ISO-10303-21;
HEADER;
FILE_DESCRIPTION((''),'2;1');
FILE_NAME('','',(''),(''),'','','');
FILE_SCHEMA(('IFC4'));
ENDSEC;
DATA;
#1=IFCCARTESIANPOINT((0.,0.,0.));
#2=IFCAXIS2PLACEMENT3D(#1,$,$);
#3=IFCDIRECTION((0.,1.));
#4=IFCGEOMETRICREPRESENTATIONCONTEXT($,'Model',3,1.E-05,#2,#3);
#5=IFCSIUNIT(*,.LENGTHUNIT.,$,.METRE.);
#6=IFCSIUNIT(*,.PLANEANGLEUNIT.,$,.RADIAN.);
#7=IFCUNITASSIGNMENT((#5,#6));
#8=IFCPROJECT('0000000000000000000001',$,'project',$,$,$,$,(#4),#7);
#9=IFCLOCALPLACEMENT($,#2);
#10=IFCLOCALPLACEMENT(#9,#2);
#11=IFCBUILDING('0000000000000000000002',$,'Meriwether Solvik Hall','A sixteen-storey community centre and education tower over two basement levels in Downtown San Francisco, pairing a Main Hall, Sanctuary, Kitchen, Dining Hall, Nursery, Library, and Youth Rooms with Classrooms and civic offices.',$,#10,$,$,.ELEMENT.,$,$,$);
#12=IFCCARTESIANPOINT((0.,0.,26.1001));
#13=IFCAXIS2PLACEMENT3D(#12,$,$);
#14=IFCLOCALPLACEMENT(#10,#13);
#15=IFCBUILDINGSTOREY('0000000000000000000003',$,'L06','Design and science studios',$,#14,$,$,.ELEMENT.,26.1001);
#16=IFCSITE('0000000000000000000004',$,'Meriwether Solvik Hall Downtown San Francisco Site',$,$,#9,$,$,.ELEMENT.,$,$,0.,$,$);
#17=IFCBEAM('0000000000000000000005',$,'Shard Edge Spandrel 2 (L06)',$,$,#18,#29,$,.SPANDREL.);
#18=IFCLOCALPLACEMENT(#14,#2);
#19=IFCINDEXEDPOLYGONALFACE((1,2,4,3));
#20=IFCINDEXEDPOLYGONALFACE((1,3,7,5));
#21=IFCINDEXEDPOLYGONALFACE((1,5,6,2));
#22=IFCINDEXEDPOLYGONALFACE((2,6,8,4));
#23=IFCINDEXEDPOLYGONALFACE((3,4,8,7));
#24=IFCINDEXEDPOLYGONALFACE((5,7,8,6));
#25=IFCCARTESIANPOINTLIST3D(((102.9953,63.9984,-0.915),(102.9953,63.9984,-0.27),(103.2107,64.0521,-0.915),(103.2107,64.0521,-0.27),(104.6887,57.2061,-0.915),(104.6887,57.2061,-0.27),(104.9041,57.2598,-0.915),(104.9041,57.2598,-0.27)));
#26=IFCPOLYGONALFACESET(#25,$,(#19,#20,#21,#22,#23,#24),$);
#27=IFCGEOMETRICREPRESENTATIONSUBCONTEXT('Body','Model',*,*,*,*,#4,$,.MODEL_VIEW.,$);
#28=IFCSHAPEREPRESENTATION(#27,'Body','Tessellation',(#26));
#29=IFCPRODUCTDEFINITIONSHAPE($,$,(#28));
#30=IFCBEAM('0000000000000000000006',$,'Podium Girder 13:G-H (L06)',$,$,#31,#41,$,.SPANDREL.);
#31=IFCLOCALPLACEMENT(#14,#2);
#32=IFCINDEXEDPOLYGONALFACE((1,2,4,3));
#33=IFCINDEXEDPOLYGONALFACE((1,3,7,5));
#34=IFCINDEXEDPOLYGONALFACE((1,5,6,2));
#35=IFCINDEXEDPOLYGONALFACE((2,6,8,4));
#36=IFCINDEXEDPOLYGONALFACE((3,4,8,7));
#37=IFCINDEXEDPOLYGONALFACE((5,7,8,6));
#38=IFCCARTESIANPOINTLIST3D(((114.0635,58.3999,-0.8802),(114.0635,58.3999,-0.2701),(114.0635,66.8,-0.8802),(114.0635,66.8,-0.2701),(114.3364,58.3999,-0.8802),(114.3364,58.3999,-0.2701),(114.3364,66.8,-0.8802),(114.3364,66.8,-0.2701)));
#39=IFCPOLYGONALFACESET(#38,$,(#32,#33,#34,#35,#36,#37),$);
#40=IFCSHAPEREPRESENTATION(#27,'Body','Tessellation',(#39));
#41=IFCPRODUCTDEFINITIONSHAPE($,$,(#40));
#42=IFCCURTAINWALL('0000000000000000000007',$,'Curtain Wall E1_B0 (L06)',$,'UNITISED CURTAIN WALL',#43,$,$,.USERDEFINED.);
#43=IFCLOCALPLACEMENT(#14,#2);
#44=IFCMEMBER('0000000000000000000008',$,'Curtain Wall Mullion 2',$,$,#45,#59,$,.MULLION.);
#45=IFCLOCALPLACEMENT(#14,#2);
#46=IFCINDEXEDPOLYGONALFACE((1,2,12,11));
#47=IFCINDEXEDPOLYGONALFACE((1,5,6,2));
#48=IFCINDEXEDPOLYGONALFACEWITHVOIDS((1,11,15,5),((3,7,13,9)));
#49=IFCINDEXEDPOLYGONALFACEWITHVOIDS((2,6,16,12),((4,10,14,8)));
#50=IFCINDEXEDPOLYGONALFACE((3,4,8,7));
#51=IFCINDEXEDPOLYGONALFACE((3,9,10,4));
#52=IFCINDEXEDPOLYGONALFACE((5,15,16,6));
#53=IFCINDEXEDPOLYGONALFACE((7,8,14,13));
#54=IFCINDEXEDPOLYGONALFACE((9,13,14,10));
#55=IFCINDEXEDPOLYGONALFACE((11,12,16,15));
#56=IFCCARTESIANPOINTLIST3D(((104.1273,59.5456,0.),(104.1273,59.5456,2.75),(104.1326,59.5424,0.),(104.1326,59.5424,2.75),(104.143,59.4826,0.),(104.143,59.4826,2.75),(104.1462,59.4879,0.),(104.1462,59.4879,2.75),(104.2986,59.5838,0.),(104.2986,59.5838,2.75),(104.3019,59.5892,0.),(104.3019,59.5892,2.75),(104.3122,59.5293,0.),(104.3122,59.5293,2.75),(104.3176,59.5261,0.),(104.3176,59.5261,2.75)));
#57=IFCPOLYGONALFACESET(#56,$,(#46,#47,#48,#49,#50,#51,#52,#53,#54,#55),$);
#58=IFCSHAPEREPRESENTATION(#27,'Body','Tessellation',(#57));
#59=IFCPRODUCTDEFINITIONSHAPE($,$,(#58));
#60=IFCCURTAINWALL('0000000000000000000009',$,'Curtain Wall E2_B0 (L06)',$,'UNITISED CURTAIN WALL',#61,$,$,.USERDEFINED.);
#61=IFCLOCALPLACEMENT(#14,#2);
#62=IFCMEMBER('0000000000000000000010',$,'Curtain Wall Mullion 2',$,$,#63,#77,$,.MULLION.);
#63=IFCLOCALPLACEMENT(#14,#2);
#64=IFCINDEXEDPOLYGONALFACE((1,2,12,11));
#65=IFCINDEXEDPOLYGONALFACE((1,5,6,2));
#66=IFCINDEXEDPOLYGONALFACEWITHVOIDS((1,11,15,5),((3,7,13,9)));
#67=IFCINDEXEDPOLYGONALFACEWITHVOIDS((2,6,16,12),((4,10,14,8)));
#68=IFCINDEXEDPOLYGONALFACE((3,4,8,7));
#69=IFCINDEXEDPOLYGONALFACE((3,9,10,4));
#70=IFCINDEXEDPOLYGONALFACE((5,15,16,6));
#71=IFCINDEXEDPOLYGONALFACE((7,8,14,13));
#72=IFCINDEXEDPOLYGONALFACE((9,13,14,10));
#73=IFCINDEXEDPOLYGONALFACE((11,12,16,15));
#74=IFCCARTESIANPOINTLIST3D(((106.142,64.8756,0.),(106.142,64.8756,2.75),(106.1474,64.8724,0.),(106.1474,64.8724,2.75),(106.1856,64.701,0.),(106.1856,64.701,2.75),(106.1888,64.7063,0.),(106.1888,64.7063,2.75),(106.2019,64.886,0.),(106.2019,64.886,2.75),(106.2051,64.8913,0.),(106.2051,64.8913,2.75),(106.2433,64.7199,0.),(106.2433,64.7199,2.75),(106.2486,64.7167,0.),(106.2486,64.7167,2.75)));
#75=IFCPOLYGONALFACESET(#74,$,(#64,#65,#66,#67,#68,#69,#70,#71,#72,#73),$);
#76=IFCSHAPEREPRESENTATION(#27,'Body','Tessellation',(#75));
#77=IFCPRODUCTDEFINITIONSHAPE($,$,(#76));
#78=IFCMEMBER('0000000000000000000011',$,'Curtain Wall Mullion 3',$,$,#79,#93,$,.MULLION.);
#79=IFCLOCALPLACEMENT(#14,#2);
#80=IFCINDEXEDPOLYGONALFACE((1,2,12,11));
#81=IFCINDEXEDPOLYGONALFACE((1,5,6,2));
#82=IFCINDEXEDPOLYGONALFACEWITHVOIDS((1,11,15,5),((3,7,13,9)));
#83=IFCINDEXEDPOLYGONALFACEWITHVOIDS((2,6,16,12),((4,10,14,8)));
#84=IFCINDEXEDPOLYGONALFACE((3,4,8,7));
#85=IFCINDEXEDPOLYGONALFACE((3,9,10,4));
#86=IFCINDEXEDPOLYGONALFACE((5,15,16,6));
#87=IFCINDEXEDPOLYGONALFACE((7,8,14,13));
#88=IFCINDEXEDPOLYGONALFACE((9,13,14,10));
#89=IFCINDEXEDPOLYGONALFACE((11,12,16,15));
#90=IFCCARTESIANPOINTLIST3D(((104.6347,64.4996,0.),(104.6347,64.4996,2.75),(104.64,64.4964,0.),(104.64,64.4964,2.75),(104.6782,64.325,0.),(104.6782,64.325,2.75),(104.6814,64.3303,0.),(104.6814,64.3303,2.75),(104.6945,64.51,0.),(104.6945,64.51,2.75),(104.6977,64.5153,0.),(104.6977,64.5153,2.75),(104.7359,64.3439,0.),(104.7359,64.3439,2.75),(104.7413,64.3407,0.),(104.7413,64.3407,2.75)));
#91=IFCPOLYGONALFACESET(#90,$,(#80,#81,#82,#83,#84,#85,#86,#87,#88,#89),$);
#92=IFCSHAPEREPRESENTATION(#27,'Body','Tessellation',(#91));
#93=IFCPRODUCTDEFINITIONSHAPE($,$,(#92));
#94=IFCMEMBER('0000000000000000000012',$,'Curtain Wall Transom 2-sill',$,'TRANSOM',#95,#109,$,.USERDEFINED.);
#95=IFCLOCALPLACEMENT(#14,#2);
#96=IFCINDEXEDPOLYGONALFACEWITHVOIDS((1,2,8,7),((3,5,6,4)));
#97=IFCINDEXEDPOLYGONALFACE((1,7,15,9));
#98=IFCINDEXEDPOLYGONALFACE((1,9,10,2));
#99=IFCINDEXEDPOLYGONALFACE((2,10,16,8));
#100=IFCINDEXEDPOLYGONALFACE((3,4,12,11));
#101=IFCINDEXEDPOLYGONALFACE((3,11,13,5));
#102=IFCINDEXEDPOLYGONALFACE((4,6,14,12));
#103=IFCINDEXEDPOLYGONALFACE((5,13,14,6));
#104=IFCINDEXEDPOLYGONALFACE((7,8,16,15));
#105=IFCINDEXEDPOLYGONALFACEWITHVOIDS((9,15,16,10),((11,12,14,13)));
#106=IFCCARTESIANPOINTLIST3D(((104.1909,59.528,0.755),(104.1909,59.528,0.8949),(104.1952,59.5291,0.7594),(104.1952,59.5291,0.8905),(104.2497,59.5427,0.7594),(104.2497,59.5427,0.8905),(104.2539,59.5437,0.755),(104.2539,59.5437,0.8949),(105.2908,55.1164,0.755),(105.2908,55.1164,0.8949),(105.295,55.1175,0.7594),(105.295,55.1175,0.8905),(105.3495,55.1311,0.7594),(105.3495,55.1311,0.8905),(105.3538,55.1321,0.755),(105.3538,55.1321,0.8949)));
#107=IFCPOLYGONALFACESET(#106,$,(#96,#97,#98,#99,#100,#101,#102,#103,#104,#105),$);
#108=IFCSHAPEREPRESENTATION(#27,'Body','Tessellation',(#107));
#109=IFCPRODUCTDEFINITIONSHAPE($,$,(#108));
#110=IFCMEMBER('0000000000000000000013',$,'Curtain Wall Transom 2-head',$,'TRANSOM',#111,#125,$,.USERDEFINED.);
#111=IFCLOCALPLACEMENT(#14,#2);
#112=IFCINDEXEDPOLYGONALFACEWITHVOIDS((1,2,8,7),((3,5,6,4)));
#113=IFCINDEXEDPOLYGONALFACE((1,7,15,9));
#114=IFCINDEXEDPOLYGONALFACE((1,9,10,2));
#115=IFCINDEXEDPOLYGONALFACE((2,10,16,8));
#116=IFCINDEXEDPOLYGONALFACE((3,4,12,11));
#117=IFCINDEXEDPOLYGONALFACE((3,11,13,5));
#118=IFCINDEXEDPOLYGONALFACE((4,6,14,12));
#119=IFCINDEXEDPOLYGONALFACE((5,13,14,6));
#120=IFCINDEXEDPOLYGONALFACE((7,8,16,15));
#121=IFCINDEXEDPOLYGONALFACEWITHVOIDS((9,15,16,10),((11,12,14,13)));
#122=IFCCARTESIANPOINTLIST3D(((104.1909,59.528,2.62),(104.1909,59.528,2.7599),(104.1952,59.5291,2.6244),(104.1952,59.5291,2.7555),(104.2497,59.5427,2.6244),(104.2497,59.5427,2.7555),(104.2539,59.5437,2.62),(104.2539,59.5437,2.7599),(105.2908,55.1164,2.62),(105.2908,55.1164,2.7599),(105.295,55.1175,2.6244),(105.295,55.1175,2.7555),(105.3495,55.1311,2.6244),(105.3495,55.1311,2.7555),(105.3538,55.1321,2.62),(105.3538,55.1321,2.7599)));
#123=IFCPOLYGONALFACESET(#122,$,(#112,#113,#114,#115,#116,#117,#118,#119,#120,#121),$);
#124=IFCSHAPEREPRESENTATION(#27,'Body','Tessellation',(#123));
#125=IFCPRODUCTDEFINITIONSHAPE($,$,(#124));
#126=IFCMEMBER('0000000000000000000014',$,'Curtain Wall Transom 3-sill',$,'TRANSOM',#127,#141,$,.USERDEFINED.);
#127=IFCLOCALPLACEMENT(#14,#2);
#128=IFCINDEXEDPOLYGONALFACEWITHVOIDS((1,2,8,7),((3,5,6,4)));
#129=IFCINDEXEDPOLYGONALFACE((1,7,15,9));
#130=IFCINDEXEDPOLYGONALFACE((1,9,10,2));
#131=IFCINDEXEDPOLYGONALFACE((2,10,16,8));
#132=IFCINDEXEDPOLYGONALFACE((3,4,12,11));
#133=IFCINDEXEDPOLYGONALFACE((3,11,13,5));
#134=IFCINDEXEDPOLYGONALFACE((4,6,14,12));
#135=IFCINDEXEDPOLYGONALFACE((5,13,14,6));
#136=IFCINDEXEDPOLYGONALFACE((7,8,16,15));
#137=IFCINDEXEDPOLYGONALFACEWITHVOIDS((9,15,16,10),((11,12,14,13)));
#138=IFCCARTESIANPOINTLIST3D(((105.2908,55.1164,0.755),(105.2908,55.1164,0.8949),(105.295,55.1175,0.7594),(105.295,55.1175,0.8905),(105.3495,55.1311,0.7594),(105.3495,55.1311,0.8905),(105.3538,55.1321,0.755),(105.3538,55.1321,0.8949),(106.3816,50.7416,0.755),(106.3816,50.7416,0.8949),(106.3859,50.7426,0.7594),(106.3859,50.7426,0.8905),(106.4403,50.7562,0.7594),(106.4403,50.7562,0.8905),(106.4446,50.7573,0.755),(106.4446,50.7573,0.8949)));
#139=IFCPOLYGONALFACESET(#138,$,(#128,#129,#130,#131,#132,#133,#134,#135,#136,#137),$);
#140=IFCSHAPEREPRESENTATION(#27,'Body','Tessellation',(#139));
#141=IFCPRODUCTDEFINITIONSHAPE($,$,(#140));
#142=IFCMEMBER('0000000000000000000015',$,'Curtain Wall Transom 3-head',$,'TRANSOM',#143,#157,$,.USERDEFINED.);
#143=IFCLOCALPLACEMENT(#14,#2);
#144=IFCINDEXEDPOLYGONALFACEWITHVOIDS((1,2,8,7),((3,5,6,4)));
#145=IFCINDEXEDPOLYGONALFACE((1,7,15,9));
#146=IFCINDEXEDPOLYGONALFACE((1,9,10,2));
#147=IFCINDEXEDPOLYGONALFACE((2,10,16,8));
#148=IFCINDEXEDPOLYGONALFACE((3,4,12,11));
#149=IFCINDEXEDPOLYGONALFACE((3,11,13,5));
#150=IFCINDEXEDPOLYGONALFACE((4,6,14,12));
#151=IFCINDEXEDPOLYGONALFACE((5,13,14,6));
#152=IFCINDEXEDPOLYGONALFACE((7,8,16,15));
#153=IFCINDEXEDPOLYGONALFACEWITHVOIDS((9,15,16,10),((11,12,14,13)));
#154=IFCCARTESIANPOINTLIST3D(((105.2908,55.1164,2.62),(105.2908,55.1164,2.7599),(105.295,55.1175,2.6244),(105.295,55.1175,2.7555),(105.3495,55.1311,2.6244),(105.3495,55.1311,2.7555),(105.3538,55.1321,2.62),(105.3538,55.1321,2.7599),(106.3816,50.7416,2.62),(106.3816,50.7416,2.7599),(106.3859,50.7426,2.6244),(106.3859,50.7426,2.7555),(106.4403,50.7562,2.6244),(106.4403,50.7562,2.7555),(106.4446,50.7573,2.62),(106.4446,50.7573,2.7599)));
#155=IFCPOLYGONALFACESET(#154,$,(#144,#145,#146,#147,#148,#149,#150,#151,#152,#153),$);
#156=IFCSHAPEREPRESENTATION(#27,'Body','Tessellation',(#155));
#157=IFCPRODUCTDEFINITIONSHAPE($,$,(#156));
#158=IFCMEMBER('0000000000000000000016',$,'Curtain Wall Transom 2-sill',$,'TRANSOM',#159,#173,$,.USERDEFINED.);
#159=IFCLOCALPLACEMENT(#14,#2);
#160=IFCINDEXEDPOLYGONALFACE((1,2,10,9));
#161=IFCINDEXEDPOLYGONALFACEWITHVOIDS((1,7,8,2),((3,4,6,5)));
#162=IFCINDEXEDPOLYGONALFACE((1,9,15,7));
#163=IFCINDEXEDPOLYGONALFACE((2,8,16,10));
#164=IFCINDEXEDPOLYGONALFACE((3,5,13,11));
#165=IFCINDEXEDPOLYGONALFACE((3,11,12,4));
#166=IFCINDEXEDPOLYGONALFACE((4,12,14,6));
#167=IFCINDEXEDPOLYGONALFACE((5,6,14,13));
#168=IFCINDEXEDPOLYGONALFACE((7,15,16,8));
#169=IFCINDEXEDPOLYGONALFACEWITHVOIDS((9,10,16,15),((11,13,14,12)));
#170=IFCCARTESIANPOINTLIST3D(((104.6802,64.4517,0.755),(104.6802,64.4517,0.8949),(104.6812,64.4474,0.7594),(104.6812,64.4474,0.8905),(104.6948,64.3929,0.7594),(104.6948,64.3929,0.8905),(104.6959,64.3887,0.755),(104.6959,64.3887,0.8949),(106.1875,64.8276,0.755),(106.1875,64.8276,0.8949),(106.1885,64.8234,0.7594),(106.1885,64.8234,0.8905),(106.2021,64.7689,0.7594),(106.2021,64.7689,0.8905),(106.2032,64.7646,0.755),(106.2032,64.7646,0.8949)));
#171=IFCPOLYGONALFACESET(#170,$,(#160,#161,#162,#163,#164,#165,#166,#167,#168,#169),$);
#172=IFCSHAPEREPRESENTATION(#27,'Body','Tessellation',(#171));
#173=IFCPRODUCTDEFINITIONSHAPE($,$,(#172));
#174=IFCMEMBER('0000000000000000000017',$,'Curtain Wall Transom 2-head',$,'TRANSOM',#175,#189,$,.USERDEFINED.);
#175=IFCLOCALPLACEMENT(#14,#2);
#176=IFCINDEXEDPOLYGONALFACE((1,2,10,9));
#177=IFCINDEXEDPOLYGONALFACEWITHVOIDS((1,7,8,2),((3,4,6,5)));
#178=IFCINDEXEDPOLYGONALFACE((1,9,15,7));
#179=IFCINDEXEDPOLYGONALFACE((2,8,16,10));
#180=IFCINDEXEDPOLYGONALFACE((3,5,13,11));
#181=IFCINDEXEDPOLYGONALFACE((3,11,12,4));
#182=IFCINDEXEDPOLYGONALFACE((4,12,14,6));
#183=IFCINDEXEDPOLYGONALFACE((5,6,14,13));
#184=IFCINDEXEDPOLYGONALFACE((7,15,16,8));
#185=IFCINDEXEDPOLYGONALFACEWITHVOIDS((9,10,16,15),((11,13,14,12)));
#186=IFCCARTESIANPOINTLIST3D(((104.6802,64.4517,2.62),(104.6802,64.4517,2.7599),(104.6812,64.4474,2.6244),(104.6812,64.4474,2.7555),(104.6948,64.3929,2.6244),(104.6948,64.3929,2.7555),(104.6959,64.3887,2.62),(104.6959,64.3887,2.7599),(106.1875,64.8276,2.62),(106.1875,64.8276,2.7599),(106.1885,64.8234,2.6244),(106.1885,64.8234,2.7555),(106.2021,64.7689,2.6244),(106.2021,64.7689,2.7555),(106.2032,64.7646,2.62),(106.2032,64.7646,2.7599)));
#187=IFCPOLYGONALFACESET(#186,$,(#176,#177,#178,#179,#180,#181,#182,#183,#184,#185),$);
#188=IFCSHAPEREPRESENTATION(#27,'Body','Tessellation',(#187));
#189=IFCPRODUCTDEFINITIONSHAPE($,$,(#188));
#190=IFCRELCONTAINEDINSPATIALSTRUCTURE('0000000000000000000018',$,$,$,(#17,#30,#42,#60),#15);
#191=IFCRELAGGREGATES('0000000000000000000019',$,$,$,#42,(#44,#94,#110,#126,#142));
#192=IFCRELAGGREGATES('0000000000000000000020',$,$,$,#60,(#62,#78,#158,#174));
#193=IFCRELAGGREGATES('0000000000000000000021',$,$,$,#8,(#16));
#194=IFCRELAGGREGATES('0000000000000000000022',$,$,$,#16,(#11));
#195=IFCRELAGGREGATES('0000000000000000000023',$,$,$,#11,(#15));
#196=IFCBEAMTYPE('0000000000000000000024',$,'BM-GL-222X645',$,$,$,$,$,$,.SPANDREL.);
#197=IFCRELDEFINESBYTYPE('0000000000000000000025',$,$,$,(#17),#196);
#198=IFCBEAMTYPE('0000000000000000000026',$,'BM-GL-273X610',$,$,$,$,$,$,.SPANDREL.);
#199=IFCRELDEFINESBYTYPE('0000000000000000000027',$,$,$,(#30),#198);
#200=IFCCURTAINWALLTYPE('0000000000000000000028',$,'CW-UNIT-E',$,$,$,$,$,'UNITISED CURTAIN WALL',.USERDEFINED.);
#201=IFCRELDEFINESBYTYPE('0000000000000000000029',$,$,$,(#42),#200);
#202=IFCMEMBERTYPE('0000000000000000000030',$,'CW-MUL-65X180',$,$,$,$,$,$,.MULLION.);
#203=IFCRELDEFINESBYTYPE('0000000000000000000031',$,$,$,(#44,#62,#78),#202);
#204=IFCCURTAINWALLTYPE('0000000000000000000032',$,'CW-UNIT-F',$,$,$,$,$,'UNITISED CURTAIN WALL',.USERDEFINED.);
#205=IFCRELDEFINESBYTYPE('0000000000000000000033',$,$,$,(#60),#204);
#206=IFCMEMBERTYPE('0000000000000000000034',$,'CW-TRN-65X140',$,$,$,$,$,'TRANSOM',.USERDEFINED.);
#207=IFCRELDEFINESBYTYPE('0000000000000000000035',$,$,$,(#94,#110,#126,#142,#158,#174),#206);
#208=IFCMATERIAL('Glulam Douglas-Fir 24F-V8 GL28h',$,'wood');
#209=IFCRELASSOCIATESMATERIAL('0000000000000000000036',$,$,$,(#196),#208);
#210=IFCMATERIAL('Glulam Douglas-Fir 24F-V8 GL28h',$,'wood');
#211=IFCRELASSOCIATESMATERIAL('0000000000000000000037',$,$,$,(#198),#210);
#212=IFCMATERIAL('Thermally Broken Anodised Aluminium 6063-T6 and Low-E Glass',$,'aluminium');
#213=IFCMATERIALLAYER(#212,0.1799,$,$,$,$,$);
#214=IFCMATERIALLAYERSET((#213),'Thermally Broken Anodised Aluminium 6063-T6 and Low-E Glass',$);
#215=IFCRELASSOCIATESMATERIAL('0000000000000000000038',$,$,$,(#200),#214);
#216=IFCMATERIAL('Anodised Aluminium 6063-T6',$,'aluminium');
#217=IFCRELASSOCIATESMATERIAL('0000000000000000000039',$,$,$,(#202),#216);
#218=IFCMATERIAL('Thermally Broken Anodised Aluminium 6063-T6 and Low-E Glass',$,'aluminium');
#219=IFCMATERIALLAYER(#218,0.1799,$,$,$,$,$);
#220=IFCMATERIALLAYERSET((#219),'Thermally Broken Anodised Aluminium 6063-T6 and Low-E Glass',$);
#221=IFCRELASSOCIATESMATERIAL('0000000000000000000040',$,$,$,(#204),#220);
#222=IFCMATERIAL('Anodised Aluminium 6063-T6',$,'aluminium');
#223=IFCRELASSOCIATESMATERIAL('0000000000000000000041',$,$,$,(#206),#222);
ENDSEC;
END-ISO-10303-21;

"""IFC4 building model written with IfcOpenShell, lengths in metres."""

from ifc_helpers import new_model, si_unit, direction, frame, origin, origin_2d, place, context, subcontext, project, spatial, rectangle, hollow_rectangle, extrude, material, layer, layer_set, material_profile, profile_set, type_object, element, aggregate, save


model = new_model("IFC4")

# Units and contexts
model_context = context("Model", 3, precision=1e-05, world=origin(), true_north=direction((0.0, 1.0)))
body_context = subcontext(model_context, "Body", "Model", "MODEL_VIEW")
ifc_project = project(units=[si_unit("LENGTHUNIT", "METRE"), si_unit("PLANEANGLEUNIT", "RADIAN")], contexts=[model_context])

# Site, building, storey
site_placement = place(None, origin())
site = spatial("IfcSite", under=ifc_project, at=site_placement, Name="Meriwether Solvik Hall Downtown San Francisco Site", CompositionType="ELEMENT", RefElevation=0.0)
building_placement = place(site_placement, origin())
building = spatial("IfcBuilding", under=site, at=building_placement, Name="Meriwether Solvik Hall", Description="A sixteen-storey community centre and education tower over two basement levels in Downtown San Francisco, pairing a Main Hall, Sanctuary, Kitchen, Dining Hall, Nursery, Library, and Youth Rooms with Classrooms and civic offices.", CompositionType="ELEMENT")
storey_placement = place(building_placement, frame((0.0, 0.0, 26.1001)))
storey = spatial("IfcBuildingStorey", under=building, at=storey_placement, Name="L06", Description="Design and science studios", CompositionType="ELEMENT", Elevation=26.1001)

# Beams
ifc_material_1 = material(Name="Glulam Douglas-Fir 24F-V8 GL28h", Category="wood")
ifc_material_profile_1 = material_profile(ifc_material_1, rectangle(XDim=0.2219, YDim=0.645, at=origin_2d()), Name="GLB-222X645")
ifc_profile_set_1 = profile_set([ifc_material_profile_1], Name="Glulam Douglas-Fir 24F-V8 GL28h")
beam_type_1 = type_object("IfcBeamType", Name="BM-GL-222X645", PredefinedType="SPANDREL", material=ifc_profile_set_1)
beam_1_placement = place(storey_placement, frame((104.7964, 57.2329, -0.5925), z_axis=(-0.241904, 0.9703, 0.0), x_axis=(-0.9703, -0.241904, 0.0)))
element("IfcBeam", 1, at=beam_1_placement, inside=storey, type_object=beam_type_1, Name="Shard Edge Spandrel 2 (L06)", PredefinedType="SPANDREL", context=body_context, shape_type="SweptSolid", body=[
    extrude(rectangle(XDim=0.2219, YDim=0.645, at=origin_2d()), origin(), (0.0, 0.0, 1.0), 7.0002),
])
ifc_material_2 = material(Name="Glulam Douglas-Fir 24F-V8 GL28h", Category="wood")
ifc_material_profile_2 = material_profile(ifc_material_2, rectangle(XDim=0.2729, YDim=0.6101, at=origin_2d()), Name="GLB-273X610")
ifc_profile_set_2 = profile_set([ifc_material_profile_2], Name="Glulam Douglas-Fir 24F-V8 GL28h")
beam_type_2 = type_object("IfcBeamType", Name="BM-GL-273X610", PredefinedType="SPANDREL", material=ifc_profile_set_2)
beam_2_placement = place(storey_placement, frame((114.2, 58.3999, -0.5752), z_axis=(0.0, 1.0, 0.0), x_axis=(-1.0, 0.0, 0.0)))
element("IfcBeam", 2, at=beam_2_placement, inside=storey, type_object=beam_type_2, Name="Podium Girder 13:G-H (L06)", PredefinedType="SPANDREL", context=body_context, shape_type="SweptSolid", body=[
    extrude(rectangle(XDim=0.2729, YDim=0.6101, at=origin_2d()), origin(), (0.0, 0.0, 1.0), 8.4001),
])

# Curtain wall, member
ifc_material_3 = material(Name="Thermally Broken Anodised Aluminium 6063-T6 and Low-E Glass", Category="aluminium")
ifc_layer_1 = layer(ifc_material_3, 0.1799)
ifc_layer_set_1 = layer_set([ifc_layer_1], Name="Thermally Broken Anodised Aluminium 6063-T6 and Low-E Glass")
curtain_wall_type_1 = type_object("IfcCurtainWallType", Name="CW-UNIT-E", ElementType="UNITISED CURTAIN WALL", PredefinedType="USERDEFINED", material=ifc_layer_set_1)
curtain_wall_1_placement = place(storey_placement, origin())
curtain_wall_1 = element("IfcCurtainWall", 3, at=curtain_wall_1_placement, inside=storey, type_object=curtain_wall_type_1, Name="Curtain Wall E1_B0 (L06)", ObjectType="UNITISED CURTAIN WALL", PredefinedType="USERDEFINED")
ifc_material_4 = material(Name="Anodised Aluminium 6063-T6", Category="aluminium")
ifc_material_profile_3 = material_profile(ifc_material_4, hollow_rectangle(XDim=0.0649, YDim=0.1799, WallThickness=0.0044, at=origin_2d()), Name="CWM-65X180")
ifc_profile_set_3 = profile_set([ifc_material_profile_3], Name="Anodised Aluminium 6063-T6")
member_type_1 = type_object("IfcMemberType", Name="CW-MUL-65X180", PredefinedType="MULLION", material=ifc_profile_set_3)
member_1_placement = place(storey_placement, frame((104.2224, 59.5359, 0.0), z_axis=(0.0, 0.0, 1.0), x_axis=(0.241922, -0.970296, 0.0)))
member_1 = element("IfcMember", 4, at=member_1_placement, type_object=member_type_1, Name="Curtain Wall Mullion 2", PredefinedType="MULLION", context=body_context, shape_type="SweptSolid", body=[
    extrude(hollow_rectangle(XDim=0.0649, YDim=0.1799, WallThickness=0.0044, at=origin_2d()), origin(), (0.0, 0.0, 1.0), 2.75),
])

# Curtain wall, members
ifc_material_5 = material(Name="Thermally Broken Anodised Aluminium 6063-T6 and Low-E Glass", Category="aluminium")
ifc_layer_2 = layer(ifc_material_5, 0.1799)
ifc_layer_set_2 = layer_set([ifc_layer_2], Name="Thermally Broken Anodised Aluminium 6063-T6 and Low-E Glass")
curtain_wall_type_2 = type_object("IfcCurtainWallType", Name="CW-UNIT-F", ElementType="UNITISED CURTAIN WALL", PredefinedType="USERDEFINED", material=ifc_layer_set_2)
curtain_wall_2_placement = place(storey_placement, origin())
curtain_wall_2 = element("IfcCurtainWall", 5, at=curtain_wall_2_placement, inside=storey, type_object=curtain_wall_type_2, Name="Curtain Wall E2_B0 (L06)", ObjectType="UNITISED CURTAIN WALL", PredefinedType="USERDEFINED")
member_2_placement = place(storey_placement, frame((106.1953, 64.7961, 0.0), z_axis=(0.0, 0.0, 1.0), x_axis=(-0.970296, -0.241922, 0.0)))
member_2 = element("IfcMember", 6, at=member_2_placement, type_object=member_type_1, Name="Curtain Wall Mullion 2", PredefinedType="MULLION", context=body_context, shape_type="SweptSolid", body=[
    extrude(hollow_rectangle(XDim=0.0649, YDim=0.1799, WallThickness=0.0044, at=origin_2d()), origin(), (0.0, 0.0, 1.0), 2.75),
])
member_3_placement = place(storey_placement, frame((104.688, 64.4202, 0.0), z_axis=(0.0, 0.0, 1.0), x_axis=(-0.970296, -0.241922, 0.0)))
member_3 = element("IfcMember", 7, at=member_3_placement, type_object=member_type_1, Name="Curtain Wall Mullion 3", PredefinedType="MULLION", context=body_context, shape_type="SweptSolid", body=[
    extrude(hollow_rectangle(XDim=0.0649, YDim=0.1799, WallThickness=0.0044, at=origin_2d()), origin(), (0.0, 0.0, 1.0), 2.75),
])

# Members
ifc_material_6 = material(Name="Anodised Aluminium 6063-T6", Category="aluminium")
ifc_material_profile_4 = material_profile(ifc_material_6, hollow_rectangle(XDim=0.0649, YDim=0.1399, WallThickness=0.0044, at=origin_2d()), Name="CWT-65X140")
ifc_profile_set_4 = profile_set([ifc_material_profile_4], Name="Anodised Aluminium 6063-T6")
member_type_2 = type_object("IfcMemberType", Name="CW-TRN-65X140", ElementType="TRANSOM", PredefinedType="USERDEFINED", material=ifc_profile_set_4)
member_4_placement = place(storey_placement, frame((104.2224, 59.5359, 0.825), z_axis=(0.241904, -0.9703, 0.0), x_axis=(0.9703, 0.241904, 0.0)))
member_4 = element("IfcMember", 8, at=member_4_placement, type_object=member_type_2, Name="Curtain Wall Transom 2-sill", ObjectType="TRANSOM", PredefinedType="USERDEFINED", context=body_context, shape_type="SweptSolid", body=[
    extrude(hollow_rectangle(XDim=0.0649, YDim=0.1399, WallThickness=0.0044, at=origin_2d()), origin(), (0.0, 0.0, 1.0), 4.5466),
])
member_5_placement = place(storey_placement, frame((104.2224, 59.5359, 2.6899), z_axis=(0.241904, -0.9703, 0.0), x_axis=(0.9703, 0.241904, 0.0)))
member_5 = element("IfcMember", 9, at=member_5_placement, type_object=member_type_2, Name="Curtain Wall Transom 2-head", ObjectType="TRANSOM", PredefinedType="USERDEFINED", context=body_context, shape_type="SweptSolid", body=[
    extrude(hollow_rectangle(XDim=0.0649, YDim=0.1399, WallThickness=0.0044, at=origin_2d()), origin(), (0.0, 0.0, 1.0), 4.5466),
])
member_6_placement = place(storey_placement, frame((105.3223, 55.1243, 0.825), z_axis=(0.241937, -0.970292, 0.0), x_axis=(0.970292, 0.241937, 0.0)))
member_6 = element("IfcMember", 10, at=member_6_placement, type_object=member_type_2, Name="Curtain Wall Transom 3-sill", ObjectType="TRANSOM", PredefinedType="USERDEFINED", context=body_context, shape_type="SweptSolid", body=[
    extrude(hollow_rectangle(XDim=0.0649, YDim=0.1399, WallThickness=0.0044, at=origin_2d()), origin(), (0.0, 0.0, 1.0), 4.5088),
])
member_7_placement = place(storey_placement, frame((105.3223, 55.1243, 2.6899), z_axis=(0.241937, -0.970292, 0.0), x_axis=(0.970292, 0.241937, 0.0)))
member_7 = element("IfcMember", 11, at=member_7_placement, type_object=member_type_2, Name="Curtain Wall Transom 3-head", ObjectType="TRANSOM", PredefinedType="USERDEFINED", context=body_context, shape_type="SweptSolid", body=[
    extrude(hollow_rectangle(XDim=0.0649, YDim=0.1399, WallThickness=0.0044, at=origin_2d()), origin(), (0.0, 0.0, 1.0), 4.5088),
])
member_8_placement = place(storey_placement, frame((106.1953, 64.7961, 0.825), z_axis=(-0.970272, -0.242018, 0.0), x_axis=(0.242018, -0.970272, 0.0)))
member_8 = element("IfcMember", 12, at=member_8_placement, type_object=member_type_2, Name="Curtain Wall Transom 2-sill", ObjectType="TRANSOM", PredefinedType="USERDEFINED", context=body_context, shape_type="SweptSolid", body=[
    extrude(hollow_rectangle(XDim=0.0649, YDim=0.1399, WallThickness=0.0044, at=origin_2d()), origin(), (0.0, 0.0, 1.0), 1.5535),
])
member_9_placement = place(storey_placement, frame((106.1953, 64.7961, 2.6899), z_axis=(-0.970272, -0.242018, 0.0), x_axis=(0.242018, -0.970272, 0.0)))
member_9 = element("IfcMember", 13, at=member_9_placement, type_object=member_type_2, Name="Curtain Wall Transom 2-head", ObjectType="TRANSOM", PredefinedType="USERDEFINED", context=body_context, shape_type="SweptSolid", body=[
    extrude(hollow_rectangle(XDim=0.0649, YDim=0.1399, WallThickness=0.0044, at=origin_2d()), origin(), (0.0, 0.0, 1.0), 1.5535),
])

aggregate(curtain_wall_1, [member_1, member_4, member_5, member_6, member_7])
aggregate(curtain_wall_2, [member_2, member_3, member_8, member_9])

save(model, "model.ifc")
